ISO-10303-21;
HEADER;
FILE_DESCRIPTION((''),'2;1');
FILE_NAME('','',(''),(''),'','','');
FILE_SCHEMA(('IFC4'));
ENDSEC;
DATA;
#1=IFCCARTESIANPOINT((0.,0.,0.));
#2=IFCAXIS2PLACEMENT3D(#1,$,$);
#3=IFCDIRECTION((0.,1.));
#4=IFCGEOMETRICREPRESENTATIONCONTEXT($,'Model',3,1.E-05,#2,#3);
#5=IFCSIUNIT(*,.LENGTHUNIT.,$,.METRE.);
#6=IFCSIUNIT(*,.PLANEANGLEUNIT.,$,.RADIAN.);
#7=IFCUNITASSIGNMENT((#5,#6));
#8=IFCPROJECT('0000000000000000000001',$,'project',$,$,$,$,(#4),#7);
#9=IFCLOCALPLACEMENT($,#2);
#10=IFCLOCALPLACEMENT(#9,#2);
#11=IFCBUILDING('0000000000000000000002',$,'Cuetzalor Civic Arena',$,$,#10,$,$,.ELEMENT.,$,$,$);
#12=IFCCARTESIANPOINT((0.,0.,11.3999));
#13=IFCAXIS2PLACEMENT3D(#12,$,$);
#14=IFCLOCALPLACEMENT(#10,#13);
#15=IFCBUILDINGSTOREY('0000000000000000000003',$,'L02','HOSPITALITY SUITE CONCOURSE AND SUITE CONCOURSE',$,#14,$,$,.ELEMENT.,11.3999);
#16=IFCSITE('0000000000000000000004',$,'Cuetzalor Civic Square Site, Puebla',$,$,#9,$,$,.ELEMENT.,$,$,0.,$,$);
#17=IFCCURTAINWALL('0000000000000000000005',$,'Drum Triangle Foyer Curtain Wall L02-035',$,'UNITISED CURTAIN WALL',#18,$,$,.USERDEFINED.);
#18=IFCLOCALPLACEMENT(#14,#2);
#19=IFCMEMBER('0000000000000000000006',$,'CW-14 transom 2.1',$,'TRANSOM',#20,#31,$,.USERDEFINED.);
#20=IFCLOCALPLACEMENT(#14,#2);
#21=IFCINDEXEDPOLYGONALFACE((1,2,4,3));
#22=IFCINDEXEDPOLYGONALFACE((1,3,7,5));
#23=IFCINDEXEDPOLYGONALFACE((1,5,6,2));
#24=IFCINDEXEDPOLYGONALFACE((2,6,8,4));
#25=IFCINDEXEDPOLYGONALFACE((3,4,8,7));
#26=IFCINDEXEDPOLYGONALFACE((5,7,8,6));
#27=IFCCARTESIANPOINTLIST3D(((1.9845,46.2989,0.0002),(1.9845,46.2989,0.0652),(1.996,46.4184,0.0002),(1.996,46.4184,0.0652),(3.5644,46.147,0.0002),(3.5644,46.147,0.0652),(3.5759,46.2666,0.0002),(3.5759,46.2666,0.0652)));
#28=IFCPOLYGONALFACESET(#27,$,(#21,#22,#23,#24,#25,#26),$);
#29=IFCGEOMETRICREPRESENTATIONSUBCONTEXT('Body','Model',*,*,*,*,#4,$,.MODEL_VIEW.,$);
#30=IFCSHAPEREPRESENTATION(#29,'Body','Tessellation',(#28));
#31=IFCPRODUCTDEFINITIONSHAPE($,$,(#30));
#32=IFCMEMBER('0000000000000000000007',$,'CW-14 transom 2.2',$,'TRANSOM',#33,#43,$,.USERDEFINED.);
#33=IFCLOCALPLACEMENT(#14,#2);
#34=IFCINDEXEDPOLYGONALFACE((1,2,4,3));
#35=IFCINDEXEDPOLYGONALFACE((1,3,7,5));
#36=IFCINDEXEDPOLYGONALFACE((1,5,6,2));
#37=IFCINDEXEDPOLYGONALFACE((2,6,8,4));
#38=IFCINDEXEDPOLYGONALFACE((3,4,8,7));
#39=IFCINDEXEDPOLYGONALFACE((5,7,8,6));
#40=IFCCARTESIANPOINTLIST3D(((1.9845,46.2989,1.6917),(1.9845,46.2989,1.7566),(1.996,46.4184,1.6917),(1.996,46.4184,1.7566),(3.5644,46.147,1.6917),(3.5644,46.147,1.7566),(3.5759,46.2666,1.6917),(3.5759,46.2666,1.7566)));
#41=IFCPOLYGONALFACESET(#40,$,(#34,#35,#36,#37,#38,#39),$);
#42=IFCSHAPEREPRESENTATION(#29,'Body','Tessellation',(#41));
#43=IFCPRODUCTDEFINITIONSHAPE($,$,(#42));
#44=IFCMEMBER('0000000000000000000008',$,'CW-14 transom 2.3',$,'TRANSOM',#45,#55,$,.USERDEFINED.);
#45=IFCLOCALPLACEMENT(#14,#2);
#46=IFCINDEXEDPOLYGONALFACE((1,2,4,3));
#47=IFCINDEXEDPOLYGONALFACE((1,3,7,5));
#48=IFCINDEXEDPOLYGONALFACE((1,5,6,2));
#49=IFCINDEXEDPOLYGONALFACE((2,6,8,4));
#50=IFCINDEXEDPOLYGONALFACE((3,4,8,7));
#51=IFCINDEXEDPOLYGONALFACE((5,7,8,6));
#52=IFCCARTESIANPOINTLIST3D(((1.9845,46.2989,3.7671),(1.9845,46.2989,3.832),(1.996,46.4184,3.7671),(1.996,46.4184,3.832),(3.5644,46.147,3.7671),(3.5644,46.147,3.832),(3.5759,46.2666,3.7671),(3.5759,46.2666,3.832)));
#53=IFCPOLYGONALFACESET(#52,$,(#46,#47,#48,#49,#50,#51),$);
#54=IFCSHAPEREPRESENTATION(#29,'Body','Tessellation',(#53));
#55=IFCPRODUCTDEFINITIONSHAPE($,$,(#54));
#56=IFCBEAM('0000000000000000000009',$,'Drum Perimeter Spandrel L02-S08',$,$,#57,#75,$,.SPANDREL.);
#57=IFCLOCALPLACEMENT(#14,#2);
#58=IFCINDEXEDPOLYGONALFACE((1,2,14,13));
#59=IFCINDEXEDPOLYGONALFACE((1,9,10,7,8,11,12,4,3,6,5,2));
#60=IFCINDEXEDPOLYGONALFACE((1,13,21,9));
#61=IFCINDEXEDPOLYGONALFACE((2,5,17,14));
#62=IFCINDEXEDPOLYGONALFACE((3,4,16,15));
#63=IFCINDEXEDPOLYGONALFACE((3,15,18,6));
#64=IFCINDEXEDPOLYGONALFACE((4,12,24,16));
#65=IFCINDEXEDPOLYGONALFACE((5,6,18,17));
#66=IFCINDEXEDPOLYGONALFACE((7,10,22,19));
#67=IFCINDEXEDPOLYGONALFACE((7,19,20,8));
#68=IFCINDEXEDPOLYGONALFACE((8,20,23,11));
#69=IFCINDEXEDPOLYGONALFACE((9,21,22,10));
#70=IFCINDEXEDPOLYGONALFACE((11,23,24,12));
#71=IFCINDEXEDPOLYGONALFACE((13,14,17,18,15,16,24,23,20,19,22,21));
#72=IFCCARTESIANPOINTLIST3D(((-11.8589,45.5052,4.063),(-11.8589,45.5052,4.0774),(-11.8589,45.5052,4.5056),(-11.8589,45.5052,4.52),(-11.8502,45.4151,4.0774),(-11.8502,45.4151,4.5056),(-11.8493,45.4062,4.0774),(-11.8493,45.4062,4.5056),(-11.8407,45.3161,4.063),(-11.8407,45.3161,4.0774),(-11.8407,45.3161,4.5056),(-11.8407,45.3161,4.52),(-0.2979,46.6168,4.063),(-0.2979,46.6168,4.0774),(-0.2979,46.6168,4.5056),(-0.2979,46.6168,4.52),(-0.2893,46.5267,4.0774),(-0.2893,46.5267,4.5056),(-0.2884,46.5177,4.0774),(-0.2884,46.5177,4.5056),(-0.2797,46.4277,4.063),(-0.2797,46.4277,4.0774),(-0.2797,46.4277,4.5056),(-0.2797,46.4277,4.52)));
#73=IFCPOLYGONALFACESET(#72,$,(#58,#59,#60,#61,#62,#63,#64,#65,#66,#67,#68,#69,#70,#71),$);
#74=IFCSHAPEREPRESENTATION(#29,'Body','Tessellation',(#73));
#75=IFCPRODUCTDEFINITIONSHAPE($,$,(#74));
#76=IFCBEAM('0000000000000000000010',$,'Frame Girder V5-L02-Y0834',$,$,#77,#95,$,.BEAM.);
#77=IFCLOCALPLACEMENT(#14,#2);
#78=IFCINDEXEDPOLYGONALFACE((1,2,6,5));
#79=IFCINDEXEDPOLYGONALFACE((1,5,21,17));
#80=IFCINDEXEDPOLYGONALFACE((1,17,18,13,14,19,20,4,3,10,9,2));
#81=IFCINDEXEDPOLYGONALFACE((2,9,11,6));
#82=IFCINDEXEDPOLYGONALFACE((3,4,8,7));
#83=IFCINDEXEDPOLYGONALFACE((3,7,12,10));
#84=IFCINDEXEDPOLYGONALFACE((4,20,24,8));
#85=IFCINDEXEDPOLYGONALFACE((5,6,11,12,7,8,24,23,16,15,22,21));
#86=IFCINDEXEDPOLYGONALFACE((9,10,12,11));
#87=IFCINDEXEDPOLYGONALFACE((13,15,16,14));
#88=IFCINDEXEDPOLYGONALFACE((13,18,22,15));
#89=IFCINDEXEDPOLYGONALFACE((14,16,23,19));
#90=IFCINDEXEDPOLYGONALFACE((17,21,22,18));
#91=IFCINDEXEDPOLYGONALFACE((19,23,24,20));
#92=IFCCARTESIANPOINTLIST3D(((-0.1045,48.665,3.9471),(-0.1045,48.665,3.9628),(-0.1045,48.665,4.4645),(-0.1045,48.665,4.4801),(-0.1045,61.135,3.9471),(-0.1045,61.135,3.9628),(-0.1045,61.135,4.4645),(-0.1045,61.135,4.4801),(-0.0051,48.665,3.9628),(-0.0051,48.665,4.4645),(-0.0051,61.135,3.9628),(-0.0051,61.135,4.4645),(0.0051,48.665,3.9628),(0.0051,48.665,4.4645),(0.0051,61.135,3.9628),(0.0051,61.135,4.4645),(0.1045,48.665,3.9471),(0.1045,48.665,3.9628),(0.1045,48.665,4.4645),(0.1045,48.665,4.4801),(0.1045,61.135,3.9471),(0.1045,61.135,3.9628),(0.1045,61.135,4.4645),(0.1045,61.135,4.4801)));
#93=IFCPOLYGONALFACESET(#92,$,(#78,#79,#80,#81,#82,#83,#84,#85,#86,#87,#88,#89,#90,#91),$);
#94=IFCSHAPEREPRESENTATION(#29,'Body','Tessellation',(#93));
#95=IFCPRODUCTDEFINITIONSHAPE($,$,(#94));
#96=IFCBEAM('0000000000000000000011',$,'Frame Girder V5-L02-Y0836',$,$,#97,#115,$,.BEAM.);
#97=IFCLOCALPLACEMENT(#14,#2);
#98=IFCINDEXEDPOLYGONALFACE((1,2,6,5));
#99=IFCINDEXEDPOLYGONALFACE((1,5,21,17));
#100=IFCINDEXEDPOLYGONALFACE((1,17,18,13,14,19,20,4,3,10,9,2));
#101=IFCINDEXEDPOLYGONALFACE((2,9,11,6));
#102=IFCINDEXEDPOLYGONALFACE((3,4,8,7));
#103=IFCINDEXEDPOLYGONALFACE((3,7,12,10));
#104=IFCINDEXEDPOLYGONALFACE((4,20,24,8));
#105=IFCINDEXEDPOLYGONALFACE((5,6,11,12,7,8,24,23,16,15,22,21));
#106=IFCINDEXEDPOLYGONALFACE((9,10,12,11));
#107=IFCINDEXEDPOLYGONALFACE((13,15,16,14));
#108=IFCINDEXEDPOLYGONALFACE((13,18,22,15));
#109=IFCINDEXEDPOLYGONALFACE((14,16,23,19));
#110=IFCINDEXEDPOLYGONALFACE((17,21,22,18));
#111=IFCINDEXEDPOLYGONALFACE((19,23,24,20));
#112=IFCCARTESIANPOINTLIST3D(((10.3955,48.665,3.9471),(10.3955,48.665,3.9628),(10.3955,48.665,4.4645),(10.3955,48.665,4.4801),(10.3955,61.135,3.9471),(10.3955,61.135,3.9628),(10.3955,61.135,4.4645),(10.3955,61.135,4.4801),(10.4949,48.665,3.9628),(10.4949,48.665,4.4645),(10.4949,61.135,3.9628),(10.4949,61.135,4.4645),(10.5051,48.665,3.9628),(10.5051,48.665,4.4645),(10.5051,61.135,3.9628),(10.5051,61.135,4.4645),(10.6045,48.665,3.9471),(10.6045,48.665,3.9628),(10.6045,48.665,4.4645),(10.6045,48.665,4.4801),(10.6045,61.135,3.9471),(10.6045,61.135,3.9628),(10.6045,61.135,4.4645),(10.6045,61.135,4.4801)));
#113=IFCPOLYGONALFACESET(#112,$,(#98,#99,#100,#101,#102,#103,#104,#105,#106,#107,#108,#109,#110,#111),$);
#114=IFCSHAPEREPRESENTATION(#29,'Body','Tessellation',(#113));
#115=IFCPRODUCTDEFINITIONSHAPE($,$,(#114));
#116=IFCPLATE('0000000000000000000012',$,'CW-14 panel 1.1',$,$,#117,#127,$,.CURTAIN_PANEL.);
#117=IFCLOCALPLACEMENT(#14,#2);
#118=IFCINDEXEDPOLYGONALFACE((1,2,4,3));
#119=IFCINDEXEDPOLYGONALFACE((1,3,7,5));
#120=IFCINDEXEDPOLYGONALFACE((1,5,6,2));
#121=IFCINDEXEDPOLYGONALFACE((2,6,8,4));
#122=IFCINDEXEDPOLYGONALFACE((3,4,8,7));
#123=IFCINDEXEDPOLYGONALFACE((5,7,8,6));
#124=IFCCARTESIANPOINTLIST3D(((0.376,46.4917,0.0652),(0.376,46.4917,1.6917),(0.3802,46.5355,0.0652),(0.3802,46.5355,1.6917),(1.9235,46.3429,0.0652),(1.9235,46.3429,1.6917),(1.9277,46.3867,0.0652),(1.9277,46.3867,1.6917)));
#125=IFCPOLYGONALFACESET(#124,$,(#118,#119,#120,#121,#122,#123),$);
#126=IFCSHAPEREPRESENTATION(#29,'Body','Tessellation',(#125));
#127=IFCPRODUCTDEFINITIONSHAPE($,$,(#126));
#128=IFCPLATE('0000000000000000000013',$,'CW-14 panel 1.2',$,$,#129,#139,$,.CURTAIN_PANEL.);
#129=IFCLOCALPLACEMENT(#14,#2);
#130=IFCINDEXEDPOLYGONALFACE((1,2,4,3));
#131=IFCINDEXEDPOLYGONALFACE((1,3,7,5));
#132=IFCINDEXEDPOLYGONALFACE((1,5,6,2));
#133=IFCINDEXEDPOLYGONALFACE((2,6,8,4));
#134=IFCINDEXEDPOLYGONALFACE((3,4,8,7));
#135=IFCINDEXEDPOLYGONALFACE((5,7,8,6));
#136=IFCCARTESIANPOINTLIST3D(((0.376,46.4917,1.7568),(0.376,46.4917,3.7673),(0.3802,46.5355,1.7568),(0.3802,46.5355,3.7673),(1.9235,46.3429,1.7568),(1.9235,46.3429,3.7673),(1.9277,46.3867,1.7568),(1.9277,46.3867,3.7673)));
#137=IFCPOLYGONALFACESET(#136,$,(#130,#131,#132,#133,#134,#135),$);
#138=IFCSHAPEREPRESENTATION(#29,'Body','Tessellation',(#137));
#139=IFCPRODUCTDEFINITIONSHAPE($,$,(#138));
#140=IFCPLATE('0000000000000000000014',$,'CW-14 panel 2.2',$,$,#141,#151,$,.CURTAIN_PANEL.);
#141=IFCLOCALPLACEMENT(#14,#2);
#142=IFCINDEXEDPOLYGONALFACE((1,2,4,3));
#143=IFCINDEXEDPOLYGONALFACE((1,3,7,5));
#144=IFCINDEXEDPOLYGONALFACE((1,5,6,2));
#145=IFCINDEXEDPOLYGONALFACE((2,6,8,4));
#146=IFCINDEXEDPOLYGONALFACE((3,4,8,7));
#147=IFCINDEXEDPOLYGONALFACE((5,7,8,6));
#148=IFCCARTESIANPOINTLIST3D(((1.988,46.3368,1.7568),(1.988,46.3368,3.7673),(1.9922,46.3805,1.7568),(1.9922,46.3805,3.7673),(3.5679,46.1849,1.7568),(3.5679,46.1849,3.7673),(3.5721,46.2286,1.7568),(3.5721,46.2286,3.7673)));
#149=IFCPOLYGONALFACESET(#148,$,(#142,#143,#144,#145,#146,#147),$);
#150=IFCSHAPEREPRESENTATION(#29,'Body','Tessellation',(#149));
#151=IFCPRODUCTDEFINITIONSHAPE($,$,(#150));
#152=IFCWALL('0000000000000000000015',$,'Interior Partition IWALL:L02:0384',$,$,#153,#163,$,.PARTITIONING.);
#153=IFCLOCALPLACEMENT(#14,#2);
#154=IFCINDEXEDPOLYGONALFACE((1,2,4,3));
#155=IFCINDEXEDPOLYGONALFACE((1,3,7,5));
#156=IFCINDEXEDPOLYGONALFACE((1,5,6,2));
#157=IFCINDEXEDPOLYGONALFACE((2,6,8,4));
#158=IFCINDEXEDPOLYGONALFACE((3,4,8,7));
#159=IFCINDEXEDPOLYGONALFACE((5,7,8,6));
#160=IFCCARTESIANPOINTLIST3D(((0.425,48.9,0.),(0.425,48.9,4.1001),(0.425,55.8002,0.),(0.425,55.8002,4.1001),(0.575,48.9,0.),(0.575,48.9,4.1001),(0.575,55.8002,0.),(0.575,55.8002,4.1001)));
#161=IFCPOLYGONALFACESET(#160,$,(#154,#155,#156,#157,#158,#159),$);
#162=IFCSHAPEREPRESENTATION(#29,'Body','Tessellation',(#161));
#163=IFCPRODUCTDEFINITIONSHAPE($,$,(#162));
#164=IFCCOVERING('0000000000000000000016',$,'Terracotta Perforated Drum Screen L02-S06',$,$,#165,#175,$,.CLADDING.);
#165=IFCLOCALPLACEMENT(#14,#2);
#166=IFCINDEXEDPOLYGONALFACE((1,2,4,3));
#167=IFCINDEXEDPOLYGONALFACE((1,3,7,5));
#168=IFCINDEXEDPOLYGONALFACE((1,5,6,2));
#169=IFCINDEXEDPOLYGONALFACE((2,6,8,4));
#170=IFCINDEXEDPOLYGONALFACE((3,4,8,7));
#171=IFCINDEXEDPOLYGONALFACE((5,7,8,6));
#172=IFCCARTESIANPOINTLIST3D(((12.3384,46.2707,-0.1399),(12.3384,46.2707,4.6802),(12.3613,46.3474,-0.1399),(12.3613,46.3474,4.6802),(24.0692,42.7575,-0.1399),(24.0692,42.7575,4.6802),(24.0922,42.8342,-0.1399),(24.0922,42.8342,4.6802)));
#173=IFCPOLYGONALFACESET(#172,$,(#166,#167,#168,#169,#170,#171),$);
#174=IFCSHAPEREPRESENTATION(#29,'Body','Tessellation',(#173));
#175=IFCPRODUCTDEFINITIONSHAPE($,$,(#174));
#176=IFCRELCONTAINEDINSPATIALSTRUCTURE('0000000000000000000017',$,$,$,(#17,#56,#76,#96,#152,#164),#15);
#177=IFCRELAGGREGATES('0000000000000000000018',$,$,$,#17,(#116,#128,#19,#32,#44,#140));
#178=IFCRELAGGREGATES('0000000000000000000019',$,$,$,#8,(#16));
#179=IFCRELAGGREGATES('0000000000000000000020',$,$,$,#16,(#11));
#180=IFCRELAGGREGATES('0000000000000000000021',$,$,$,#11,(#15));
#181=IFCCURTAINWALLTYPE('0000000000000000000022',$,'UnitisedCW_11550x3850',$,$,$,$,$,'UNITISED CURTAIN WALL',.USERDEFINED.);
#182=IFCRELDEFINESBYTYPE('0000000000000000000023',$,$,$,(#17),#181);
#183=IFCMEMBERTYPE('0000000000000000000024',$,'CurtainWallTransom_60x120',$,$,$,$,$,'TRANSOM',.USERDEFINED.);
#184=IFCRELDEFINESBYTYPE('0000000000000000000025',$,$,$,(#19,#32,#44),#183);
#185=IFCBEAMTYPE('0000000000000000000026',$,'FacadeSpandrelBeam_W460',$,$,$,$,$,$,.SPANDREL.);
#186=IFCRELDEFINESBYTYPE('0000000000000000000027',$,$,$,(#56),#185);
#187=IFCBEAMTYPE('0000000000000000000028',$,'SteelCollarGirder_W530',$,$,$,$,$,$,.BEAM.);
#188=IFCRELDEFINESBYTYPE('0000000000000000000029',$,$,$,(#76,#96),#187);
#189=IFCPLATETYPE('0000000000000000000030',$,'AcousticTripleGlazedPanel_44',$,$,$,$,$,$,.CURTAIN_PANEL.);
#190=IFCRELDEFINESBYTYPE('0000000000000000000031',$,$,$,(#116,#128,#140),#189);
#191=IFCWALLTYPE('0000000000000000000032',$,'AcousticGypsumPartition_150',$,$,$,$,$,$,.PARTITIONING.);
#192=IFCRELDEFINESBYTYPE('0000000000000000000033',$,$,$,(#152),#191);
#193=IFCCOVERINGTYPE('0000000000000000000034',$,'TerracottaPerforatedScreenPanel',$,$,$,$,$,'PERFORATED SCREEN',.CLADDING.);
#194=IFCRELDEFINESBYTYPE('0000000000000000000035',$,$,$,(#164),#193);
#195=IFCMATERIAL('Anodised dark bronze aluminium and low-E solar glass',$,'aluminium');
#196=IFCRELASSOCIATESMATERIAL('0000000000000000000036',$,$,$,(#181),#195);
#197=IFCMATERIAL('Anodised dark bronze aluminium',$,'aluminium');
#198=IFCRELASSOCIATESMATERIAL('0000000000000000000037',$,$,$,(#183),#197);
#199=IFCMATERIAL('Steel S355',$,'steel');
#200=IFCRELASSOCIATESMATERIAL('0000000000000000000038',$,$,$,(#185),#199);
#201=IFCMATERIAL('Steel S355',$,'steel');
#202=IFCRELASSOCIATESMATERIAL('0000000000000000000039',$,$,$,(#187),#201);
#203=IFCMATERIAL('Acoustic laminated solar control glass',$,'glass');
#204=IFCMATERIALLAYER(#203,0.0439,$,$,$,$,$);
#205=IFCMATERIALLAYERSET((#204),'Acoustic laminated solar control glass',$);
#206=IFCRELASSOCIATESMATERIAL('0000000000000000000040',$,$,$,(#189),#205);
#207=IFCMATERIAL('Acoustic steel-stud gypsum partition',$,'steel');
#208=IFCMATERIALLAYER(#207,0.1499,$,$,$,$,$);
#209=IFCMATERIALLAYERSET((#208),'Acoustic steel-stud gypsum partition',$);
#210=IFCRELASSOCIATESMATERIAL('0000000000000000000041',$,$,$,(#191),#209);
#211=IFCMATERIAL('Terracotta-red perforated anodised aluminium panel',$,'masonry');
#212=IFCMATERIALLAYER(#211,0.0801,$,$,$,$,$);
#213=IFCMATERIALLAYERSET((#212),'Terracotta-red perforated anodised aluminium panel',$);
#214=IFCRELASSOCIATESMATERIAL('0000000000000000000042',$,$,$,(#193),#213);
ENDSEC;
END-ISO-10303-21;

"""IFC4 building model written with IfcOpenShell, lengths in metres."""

from ifc_helpers import new_model, si_unit, direction, frame, frame_2d, origin, origin_2d, place, context, subcontext, project, spatial, rectangle, i_section, extrude, material, layer, layer_set, material_profile, profile_set, type_object, element, aggregate, save


model = new_model("IFC4")

# Units and contexts
model_context = context("Model", 3, precision=1e-05, world=origin(), true_north=direction((0.0, 1.0)))
body_context = subcontext(model_context, "Body", "Model", "MODEL_VIEW")
ifc_project = project(units=[si_unit("LENGTHUNIT", "METRE"), si_unit("PLANEANGLEUNIT", "RADIAN")], contexts=[model_context])

# Site, building, storey
site_placement = place(None, origin())
site = spatial("IfcSite", under=ifc_project, at=site_placement, Name="Cuetzalor Civic Square Site, Puebla", CompositionType="ELEMENT", RefElevation=0.0)
building_placement = place(site_placement, origin())
building = spatial("IfcBuilding", under=site, at=building_placement, Name="Cuetzalor Civic Arena", CompositionType="ELEMENT")
storey_placement = place(building_placement, frame((0.0, 0.0, 11.3999)))
storey = spatial("IfcBuildingStorey", under=building, at=storey_placement, Name="L02", Description="HOSPITALITY SUITE CONCOURSE AND SUITE CONCOURSE", CompositionType="ELEMENT", Elevation=11.3999)

# Curtain wall, members
ifc_material_1 = material(Name="Anodised dark bronze aluminium and low-E solar glass", Category="aluminium")
curtain_wall_type = type_object("IfcCurtainWallType", Name="UnitisedCW_11550x3850", ElementType="UNITISED CURTAIN WALL", PredefinedType="USERDEFINED", material=ifc_material_1)
curtain_wall_placement = place(storey_placement, origin())
curtain_wall = element("IfcCurtainWall", 1, at=curtain_wall_placement, inside=storey, type_object=curtain_wall_type, Name="Drum Triangle Foyer Curtain Wall L02-035", ObjectType="UNITISED CURTAIN WALL", PredefinedType="USERDEFINED")
ifc_material_2 = material(Name="Anodised dark bronze aluminium", Category="aluminium")
ifc_material_profile_1 = material_profile(ifc_material_2, rectangle(XDim=0.1201, YDim=0.0649, at=origin_2d()), Name="ALU TRANSOM 65x120")
ifc_profile_set_1 = profile_set([ifc_material_profile_1], Name="Anodised dark bronze aluminium")
member_type_1 = type_object("IfcMemberType", Name="CurtainWallTransom_60x120", ElementType="TRANSOM", PredefinedType="USERDEFINED", material=ifc_profile_set_1)
member_1_placement = place(storey_placement, frame((1.9902, 46.3586, 0.0327), z_axis=(0.995412, -0.09568, 0.0), x_axis=(0.09568, 0.995412, 0.0)))
member_1 = element("IfcMember", 2, at=member_1_placement, type_object=member_type_1, Name="CW-14 transom 2.1", ObjectType="TRANSOM", PredefinedType="USERDEFINED", context=body_context, shape_type="SweptSolid", body=[
    extrude(rectangle(XDim=0.1201, YDim=0.0649, at=origin_2d()), origin(), (0.0, 0.0, 1.0), 1.5872),
])
member_2_placement = place(storey_placement, frame((1.9902, 46.3586, 1.7241), z_axis=(0.995412, -0.09568, 0.0), x_axis=(0.09568, 0.995412, 0.0)))
member_2 = element("IfcMember", 3, at=member_2_placement, type_object=member_type_1, Name="CW-14 transom 2.2", ObjectType="TRANSOM", PredefinedType="USERDEFINED", context=body_context, shape_type="SweptSolid", body=[
    extrude(rectangle(XDim=0.1201, YDim=0.0649, at=origin_2d()), origin(), (0.0, 0.0, 1.0), 1.5872),
])
member_3_placement = place(storey_placement, frame((1.9902, 46.3586, 3.7996), z_axis=(0.995412, -0.09568, 0.0), x_axis=(0.09568, 0.995412, 0.0)))
member_3 = element("IfcMember", 4, at=member_3_placement, type_object=member_type_1, Name="CW-14 transom 2.3", ObjectType="TRANSOM", PredefinedType="USERDEFINED", context=body_context, shape_type="SweptSolid", body=[
    extrude(rectangle(XDim=0.1201, YDim=0.0649, at=origin_2d()), origin(), (0.0, 0.0, 1.0), 1.5872),
])

# Beams
ifc_material_3 = material(Name="Steel S355", Category="steel")
ifc_material_profile_2 = material_profile(ifc_material_3, i_section(OverallWidth=0.1899, OverallDepth=0.457, WebThickness=0.009, FlangeThickness=0.0144, at=origin_2d()), Name="W460x74")
ifc_profile_set_2 = profile_set([ifc_material_profile_2], Name="Steel S355")
beam_type_1 = type_object("IfcBeamType", Name="FacadeSpandrelBeam_W460", PredefinedType="SPANDREL", material=ifc_profile_set_2)
beam_placement = place(storey_placement, frame((-0.2888, 46.5222, 4.2915), z_axis=(-0.99541, -0.095707, 0.0), x_axis=(0.095707, -0.99541, 0.0)))
element("IfcBeam", 5, at=beam_placement, inside=storey, type_object=beam_type_1, Name="Drum Perimeter Spandrel L02-S08", PredefinedType="SPANDREL", context=body_context, shape_type="SweptSolid", body=[
    extrude(i_section(OverallWidth=0.1899, OverallDepth=0.457, WebThickness=0.009, FlangeThickness=0.0144, at=origin_2d()), origin(), (0.0, 0.0, 1.0), 11.6143),
])
ifc_material_4 = material(Name="Steel S355", Category="steel")
ifc_material_profile_3 = material_profile(ifc_material_4, i_section(OverallWidth=0.209, OverallDepth=0.533, WebThickness=0.0103, FlangeThickness=0.0156, at=origin_2d()), Name="W530x92")
ifc_profile_set_3 = profile_set([ifc_material_profile_3], Name="Steel S355")
beam_type_2 = type_object("IfcBeamType", Name="SteelCollarGirder_W530", PredefinedType="BEAM", material=ifc_profile_set_3)
for number, where, z_axis, x_axis, name in (
    (6, (0.0, 48.665, 4.2136), (0.0, 1.0, 0.0), (-1.0, 0.0, 0.0), "Frame Girder V5-L02-Y0834"),
    (7, (10.5, 48.665, 4.2136), (0.0, 1.0, 0.0), (-1.0, 0.0, 0.0), "Frame Girder V5-L02-Y0836"),
):
    element("IfcBeam", number, at=place(storey_placement, frame(where, z_axis=z_axis, x_axis=x_axis)), inside=storey, type_object=beam_type_2, Name=name, PredefinedType="BEAM", context=body_context, shape_type="SweptSolid", body=[
        extrude(i_section(OverallWidth=0.209, OverallDepth=0.533, WebThickness=0.0103, FlangeThickness=0.0156, at=origin_2d()), origin(), (0.0, 0.0, 1.0), 12.47),
    ])

# Plates
ifc_material_5 = material(Name="Acoustic laminated solar control glass", Category="glass")
ifc_layer_1 = layer(ifc_material_5, 0.0439)
ifc_layer_set_1 = layer_set([ifc_layer_1], Name="Acoustic laminated solar control glass")
plate_type = type_object("IfcPlateType", Name="AcousticTripleGlazedPanel_44", PredefinedType="CURTAIN_PANEL", material=ifc_layer_set_1)
plate_1_placement = place(storey_placement, frame((1.1519, 46.4392, 0.0652), z_axis=(0.0, 0.0, 1.0), x_axis=(0.995409, -0.095711, 0.0)))
plate_1 = element("IfcPlate", 8, at=plate_1_placement, type_object=plate_type, Name="CW-14 panel 1.1", PredefinedType="CURTAIN_PANEL", context=body_context, shape_type="SweptSolid", body=[
    extrude(rectangle(XDim=1.5547, YDim=0.0439, at=origin_2d()), origin(), (0.0, 0.0, 1.0), 1.6265),
])
plate_2_placement = place(storey_placement, frame((1.1519, 46.4392, 1.7568), z_axis=(0.0, 0.0, 1.0), x_axis=(0.995409, -0.095711, 0.0)))
plate_2 = element("IfcPlate", 9, at=plate_2_placement, type_object=plate_type, Name="CW-14 panel 1.2", PredefinedType="CURTAIN_PANEL", context=body_context, shape_type="SweptSolid", body=[
    extrude(rectangle(XDim=1.5547, YDim=0.0439, at=origin_2d()), origin(), (0.0, 0.0, 1.0), 2.0105),
])
plate_3_placement = place(storey_placement, frame((2.78, 46.2827, 1.7568), z_axis=(0.0, 0.0, 1.0), x_axis=(0.995409, -0.095711, 0.0)))
plate_3 = element("IfcPlate", 10, at=plate_3_placement, type_object=plate_type, Name="CW-14 panel 2.2", PredefinedType="CURTAIN_PANEL", context=body_context, shape_type="SweptSolid", body=[
    extrude(rectangle(XDim=1.5872, YDim=0.0439, at=origin_2d()), origin(), (0.0, 0.0, 1.0), 2.0105),
])
aggregate(curtain_wall, [plate_1, plate_2, member_1, member_2, member_3, plate_3])

# Wall
ifc_material_6 = material(Name="Acoustic steel-stud gypsum partition", Category="steel")
ifc_layer_2 = layer(ifc_material_6, 0.1499)
ifc_layer_set_2 = layer_set([ifc_layer_2], Name="Acoustic steel-stud gypsum partition")
wall_type = type_object("IfcWallType", Name="AcousticGypsumPartition_150", PredefinedType="PARTITIONING", material=ifc_layer_set_2)
wall_placement = place(storey_placement, frame((0.5, 48.8999, 0.0), z_axis=(0.0, 0.0, 1.0), x_axis=(0.0, 1.0, 0.0)))
element("IfcWall", 11, at=wall_placement, inside=storey, type_object=wall_type, Name="Interior Partition IWALL:L02:0384", PredefinedType="PARTITIONING", context=body_context, shape_type="SweptSolid", body=[
    extrude(rectangle(XDim=6.9001, YDim=0.1499, at=frame_2d((3.4502, 0.0))), origin(), (0.0, 0.0, 1.0), 4.1001),
])

# Covering
ifc_material_7 = material(Name="Terracotta-red perforated anodised aluminium panel", Category="masonry")
ifc_layer_3 = layer(ifc_material_7, 0.0801)
ifc_layer_set_3 = layer_set([ifc_layer_3], Name="Terracotta-red perforated anodised aluminium panel")
covering_type = type_object("IfcCoveringType", Name="TerracottaPerforatedScreenPanel", ElementType="PERFORATED SCREEN", PredefinedType="CLADDING", material=ifc_layer_set_3)
covering_placement = place(storey_placement, frame((12.3499, 46.3091, -0.1399), z_axis=(0.0, 0.0, 1.0), x_axis=(0.957962, -0.286896, 0.0)))
element("IfcCovering", 12, at=covering_placement, inside=storey, type_object=covering_type, Name="Terracotta Perforated Drum Screen L02-S06", PredefinedType="CLADDING", context=body_context, shape_type="SweptSolid", body=[
    extrude(rectangle(XDim=12.2456, YDim=0.0801, at=frame_2d((6.1228, 0.0))), origin(), (0.0, 0.0, 1.0), 4.8201),
])

save(model, "model.ifc")
